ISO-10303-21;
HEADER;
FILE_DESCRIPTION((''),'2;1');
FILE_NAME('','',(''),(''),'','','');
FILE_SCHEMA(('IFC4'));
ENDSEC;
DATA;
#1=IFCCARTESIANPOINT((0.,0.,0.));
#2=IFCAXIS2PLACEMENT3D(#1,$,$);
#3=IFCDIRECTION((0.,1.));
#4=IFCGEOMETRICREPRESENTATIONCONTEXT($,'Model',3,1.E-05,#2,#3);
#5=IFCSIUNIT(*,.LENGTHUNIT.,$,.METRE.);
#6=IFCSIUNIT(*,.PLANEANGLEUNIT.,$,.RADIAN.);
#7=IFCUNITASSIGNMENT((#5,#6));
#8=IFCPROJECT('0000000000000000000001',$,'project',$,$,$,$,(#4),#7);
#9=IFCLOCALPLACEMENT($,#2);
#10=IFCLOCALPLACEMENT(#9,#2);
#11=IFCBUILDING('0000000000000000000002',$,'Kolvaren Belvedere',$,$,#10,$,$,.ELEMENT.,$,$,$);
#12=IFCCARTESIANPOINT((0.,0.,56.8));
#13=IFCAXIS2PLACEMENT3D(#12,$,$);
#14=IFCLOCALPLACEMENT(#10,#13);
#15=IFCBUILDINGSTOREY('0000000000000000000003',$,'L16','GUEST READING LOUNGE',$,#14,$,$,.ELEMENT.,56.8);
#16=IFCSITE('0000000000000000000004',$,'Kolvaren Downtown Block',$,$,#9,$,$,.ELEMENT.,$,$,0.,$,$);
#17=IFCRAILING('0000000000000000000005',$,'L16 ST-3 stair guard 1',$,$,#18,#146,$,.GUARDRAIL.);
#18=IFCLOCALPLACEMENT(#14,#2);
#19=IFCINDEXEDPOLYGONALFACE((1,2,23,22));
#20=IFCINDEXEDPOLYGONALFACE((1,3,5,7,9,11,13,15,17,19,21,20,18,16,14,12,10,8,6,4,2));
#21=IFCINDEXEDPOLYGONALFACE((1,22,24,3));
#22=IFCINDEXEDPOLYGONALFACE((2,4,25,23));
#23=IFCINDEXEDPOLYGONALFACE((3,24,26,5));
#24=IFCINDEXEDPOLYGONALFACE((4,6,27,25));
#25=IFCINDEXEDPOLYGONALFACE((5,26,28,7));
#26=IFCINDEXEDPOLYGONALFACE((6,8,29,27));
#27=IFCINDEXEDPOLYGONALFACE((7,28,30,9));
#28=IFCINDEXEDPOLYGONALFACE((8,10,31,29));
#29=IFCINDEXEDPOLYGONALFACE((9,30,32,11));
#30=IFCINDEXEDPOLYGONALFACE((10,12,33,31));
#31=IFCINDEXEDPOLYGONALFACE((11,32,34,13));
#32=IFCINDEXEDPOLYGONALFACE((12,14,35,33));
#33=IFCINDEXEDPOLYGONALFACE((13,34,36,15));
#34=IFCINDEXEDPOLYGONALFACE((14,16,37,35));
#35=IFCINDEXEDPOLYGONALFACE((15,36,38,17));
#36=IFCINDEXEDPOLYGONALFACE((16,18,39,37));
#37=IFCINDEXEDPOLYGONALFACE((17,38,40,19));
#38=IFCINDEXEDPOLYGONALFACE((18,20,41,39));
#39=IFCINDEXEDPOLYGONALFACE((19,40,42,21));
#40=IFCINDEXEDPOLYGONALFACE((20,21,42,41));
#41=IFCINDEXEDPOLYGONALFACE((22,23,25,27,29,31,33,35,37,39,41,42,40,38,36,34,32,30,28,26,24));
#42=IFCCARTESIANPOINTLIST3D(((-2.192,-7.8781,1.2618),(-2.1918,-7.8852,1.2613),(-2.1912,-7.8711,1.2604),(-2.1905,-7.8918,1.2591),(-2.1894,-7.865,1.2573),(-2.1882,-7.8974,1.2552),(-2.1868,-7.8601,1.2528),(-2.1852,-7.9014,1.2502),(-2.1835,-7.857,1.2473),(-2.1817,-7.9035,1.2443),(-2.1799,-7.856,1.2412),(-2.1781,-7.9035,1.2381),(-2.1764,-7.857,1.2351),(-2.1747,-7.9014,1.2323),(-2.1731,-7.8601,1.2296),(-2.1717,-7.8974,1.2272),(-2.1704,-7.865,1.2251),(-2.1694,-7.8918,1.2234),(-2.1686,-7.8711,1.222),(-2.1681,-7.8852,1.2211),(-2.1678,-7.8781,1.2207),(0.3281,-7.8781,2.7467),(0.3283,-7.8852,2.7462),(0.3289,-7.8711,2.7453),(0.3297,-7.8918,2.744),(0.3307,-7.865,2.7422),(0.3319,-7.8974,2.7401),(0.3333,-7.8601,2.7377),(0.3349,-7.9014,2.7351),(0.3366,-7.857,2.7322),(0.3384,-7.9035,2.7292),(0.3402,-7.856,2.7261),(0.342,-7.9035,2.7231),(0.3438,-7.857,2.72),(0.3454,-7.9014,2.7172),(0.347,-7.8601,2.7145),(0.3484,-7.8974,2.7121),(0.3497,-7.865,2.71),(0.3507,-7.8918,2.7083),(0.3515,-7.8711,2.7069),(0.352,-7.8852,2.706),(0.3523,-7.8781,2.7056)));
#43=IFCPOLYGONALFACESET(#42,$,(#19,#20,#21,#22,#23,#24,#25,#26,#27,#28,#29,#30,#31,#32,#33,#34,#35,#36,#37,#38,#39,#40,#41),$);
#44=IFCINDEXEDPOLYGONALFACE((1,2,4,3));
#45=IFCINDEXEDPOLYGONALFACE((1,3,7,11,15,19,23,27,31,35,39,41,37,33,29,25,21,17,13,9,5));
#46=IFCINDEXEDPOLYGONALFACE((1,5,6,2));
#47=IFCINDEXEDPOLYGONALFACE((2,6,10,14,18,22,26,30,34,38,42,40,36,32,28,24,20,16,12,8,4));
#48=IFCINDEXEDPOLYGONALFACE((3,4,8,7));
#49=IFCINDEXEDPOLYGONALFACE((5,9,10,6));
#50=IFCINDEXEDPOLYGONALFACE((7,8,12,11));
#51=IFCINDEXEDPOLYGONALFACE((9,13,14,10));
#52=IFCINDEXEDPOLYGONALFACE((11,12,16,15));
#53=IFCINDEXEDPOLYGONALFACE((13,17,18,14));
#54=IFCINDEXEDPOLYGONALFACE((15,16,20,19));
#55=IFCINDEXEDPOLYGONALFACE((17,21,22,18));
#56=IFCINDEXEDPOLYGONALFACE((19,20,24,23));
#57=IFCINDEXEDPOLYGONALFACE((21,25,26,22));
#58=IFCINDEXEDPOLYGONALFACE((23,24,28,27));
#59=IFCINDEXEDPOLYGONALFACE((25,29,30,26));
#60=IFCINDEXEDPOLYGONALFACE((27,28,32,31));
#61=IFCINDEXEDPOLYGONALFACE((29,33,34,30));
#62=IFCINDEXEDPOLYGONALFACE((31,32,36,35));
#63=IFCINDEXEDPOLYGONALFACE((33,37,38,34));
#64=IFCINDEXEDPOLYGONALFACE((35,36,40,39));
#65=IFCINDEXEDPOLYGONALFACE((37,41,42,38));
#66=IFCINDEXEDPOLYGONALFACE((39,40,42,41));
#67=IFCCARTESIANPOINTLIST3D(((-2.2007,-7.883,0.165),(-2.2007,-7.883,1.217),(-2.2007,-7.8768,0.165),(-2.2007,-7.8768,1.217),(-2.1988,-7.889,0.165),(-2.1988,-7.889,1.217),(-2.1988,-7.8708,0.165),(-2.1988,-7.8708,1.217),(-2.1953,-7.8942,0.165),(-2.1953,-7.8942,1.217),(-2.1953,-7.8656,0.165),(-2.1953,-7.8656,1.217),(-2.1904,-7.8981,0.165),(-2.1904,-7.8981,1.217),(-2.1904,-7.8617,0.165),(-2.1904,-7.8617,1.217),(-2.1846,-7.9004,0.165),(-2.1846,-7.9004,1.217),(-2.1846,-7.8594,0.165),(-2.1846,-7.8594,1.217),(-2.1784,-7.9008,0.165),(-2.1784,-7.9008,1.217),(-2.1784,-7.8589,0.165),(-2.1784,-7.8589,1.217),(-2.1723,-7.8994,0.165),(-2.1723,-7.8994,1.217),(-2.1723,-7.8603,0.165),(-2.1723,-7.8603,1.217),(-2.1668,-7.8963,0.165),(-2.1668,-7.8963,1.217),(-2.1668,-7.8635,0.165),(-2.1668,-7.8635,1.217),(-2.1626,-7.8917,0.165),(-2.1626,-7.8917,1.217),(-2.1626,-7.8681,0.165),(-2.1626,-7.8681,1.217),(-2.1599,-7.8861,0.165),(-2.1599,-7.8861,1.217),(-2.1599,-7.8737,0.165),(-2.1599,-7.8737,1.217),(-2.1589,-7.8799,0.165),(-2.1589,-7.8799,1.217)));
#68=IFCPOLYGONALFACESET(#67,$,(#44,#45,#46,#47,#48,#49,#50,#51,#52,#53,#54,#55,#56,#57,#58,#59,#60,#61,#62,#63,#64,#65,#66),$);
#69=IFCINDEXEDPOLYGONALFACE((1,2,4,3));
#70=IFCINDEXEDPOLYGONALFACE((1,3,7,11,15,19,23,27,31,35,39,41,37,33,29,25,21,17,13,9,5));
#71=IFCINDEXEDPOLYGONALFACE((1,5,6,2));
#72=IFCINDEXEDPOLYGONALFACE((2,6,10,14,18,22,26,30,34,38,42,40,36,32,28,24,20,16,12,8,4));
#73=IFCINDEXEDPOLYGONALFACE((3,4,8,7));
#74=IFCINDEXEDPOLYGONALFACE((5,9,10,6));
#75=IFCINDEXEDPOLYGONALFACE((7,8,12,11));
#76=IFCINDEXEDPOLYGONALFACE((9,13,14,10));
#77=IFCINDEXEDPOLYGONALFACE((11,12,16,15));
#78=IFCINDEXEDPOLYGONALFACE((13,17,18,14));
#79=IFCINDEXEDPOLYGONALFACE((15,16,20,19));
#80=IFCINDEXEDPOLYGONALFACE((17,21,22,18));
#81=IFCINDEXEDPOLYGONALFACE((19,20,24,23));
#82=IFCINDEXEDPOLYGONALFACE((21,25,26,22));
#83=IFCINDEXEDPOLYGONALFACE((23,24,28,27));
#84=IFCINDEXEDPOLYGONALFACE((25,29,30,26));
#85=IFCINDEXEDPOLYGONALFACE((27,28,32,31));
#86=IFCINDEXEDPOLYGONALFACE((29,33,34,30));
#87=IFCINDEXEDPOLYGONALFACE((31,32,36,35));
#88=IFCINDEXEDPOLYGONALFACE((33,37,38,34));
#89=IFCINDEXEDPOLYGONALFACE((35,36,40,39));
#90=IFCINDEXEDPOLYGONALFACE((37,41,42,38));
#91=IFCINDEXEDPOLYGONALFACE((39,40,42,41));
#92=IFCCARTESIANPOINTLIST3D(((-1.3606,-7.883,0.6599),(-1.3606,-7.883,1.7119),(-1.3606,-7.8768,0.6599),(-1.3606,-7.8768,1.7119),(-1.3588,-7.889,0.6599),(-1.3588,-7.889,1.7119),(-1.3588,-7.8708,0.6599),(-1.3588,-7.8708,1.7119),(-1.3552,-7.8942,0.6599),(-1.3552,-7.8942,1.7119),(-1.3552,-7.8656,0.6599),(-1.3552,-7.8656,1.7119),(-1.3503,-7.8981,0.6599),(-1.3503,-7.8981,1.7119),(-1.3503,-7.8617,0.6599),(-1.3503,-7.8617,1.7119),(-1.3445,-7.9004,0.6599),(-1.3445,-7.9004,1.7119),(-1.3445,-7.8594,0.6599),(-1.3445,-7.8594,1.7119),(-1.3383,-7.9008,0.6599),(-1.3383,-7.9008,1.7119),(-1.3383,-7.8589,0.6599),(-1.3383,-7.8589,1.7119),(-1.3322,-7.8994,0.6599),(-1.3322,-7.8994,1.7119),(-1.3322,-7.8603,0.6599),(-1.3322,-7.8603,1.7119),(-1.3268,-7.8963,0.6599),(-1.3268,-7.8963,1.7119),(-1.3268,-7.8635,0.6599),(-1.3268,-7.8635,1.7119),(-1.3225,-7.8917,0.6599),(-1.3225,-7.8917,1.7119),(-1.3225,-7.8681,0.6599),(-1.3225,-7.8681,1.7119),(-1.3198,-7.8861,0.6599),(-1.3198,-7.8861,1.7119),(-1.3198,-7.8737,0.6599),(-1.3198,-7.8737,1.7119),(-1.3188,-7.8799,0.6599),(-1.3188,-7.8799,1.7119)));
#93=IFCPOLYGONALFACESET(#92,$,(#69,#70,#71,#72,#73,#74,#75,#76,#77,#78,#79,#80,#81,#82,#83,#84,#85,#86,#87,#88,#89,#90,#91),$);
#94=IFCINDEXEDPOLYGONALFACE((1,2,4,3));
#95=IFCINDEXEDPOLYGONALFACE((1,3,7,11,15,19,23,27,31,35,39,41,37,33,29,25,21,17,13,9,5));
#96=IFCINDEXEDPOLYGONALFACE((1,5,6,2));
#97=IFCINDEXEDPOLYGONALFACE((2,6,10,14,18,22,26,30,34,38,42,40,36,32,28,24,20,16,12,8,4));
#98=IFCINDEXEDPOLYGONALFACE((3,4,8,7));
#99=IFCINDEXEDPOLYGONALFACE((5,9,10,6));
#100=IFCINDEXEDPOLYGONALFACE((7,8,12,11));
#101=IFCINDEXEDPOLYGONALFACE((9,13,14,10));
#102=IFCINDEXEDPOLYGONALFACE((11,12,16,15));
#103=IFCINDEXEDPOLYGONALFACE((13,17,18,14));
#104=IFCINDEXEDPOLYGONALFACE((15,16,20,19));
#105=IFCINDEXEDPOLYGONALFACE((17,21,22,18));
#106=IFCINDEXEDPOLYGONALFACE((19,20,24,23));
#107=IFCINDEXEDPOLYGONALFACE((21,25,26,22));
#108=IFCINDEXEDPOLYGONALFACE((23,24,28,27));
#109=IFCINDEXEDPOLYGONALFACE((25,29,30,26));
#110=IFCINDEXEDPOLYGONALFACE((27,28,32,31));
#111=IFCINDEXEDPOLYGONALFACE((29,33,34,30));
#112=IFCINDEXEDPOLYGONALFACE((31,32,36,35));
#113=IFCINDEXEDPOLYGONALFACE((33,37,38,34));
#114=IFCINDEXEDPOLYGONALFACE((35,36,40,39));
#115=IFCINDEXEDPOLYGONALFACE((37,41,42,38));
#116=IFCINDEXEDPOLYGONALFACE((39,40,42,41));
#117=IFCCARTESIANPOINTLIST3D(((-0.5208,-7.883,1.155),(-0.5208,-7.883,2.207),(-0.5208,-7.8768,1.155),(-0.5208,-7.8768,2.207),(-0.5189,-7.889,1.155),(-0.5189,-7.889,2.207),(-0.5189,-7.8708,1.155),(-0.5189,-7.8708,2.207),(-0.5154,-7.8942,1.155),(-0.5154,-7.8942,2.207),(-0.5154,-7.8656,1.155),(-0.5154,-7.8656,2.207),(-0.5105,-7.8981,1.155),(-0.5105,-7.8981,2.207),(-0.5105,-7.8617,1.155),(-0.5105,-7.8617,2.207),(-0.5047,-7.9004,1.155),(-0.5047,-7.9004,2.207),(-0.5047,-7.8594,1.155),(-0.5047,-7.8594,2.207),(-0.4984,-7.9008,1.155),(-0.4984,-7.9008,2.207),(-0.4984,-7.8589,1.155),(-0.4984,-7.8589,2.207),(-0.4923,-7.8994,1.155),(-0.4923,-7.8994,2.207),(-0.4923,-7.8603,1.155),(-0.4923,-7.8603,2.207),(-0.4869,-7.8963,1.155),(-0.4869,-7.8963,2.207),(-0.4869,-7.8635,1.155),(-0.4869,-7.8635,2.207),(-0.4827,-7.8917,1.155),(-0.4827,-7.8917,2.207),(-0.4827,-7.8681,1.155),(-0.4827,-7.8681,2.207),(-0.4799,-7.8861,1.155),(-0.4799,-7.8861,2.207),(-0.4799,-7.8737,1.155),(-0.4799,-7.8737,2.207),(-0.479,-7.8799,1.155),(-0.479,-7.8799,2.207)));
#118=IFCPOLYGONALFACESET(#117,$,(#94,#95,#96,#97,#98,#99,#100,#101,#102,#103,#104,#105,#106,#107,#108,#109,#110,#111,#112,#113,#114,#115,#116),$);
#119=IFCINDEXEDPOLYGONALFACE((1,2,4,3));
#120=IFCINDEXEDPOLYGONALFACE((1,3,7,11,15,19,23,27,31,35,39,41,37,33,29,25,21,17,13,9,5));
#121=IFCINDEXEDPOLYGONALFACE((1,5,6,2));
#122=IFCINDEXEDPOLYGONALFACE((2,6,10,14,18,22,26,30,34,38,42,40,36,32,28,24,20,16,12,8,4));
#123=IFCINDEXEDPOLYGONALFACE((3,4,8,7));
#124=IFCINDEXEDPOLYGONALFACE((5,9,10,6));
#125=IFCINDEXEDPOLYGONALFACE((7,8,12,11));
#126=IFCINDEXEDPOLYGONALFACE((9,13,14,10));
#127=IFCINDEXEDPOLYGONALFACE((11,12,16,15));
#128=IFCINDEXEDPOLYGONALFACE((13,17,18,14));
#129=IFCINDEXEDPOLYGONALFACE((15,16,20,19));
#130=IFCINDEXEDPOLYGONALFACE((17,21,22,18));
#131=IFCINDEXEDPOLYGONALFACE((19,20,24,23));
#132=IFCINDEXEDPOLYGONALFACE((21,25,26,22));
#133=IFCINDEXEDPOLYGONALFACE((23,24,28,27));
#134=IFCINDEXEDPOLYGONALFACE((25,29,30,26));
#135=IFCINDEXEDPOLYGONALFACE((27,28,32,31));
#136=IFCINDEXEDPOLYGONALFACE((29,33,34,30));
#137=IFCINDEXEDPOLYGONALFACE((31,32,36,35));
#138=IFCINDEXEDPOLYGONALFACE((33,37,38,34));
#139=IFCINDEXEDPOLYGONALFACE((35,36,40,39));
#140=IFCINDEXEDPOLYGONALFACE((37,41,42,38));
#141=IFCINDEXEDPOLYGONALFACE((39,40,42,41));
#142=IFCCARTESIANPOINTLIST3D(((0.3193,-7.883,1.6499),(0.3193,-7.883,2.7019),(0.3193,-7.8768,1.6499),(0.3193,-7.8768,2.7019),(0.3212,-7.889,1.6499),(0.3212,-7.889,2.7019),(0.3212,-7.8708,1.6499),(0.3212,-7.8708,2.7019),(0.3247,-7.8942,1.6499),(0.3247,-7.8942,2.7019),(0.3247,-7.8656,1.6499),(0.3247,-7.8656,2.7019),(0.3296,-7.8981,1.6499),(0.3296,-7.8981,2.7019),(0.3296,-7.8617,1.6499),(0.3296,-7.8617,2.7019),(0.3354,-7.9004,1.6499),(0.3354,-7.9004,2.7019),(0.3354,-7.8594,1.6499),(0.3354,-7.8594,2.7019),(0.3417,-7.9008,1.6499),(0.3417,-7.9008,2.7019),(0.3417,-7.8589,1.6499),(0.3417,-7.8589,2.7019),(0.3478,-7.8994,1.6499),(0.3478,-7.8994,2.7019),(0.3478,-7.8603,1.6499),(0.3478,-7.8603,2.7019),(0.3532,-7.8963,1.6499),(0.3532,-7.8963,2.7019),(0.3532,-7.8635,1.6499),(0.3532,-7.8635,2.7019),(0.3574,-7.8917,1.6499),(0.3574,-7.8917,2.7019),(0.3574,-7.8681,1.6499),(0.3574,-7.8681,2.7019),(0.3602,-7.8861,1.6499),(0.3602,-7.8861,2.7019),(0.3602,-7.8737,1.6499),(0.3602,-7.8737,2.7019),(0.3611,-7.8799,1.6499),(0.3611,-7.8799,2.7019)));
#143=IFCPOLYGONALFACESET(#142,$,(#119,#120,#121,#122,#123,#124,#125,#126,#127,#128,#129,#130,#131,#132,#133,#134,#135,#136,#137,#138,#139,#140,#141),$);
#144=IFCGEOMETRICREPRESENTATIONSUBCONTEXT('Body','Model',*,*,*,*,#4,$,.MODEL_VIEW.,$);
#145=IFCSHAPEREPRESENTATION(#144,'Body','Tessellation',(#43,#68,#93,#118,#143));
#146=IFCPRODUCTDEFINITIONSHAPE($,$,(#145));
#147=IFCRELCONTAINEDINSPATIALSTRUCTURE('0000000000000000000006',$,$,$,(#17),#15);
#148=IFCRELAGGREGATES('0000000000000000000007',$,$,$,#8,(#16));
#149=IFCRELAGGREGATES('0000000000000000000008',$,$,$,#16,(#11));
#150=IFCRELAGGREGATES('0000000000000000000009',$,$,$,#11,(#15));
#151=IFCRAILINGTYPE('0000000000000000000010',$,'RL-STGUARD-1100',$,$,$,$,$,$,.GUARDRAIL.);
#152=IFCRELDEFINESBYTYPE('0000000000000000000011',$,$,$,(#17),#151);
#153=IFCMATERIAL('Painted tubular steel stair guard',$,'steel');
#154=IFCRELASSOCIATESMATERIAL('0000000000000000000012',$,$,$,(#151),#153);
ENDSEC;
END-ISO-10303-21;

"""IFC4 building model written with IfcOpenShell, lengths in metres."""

from ifc_helpers import new_model, si_unit, direction, frame, origin, origin_2d, place, context, subcontext, project, spatial, circle, extrude, material, type_object, element, save


model = new_model("IFC4")

# Units and contexts
model_context = context("Model", 3, precision=1e-05, world=origin(), true_north=direction((0.0, 1.0)))
body_context = subcontext(model_context, "Body", "Model", "MODEL_VIEW")
ifc_project = project(units=[si_unit("LENGTHUNIT", "METRE"), si_unit("PLANEANGLEUNIT", "RADIAN")], contexts=[model_context])

# Site, building, storey
site_placement = place(None, origin())
site = spatial("IfcSite", under=ifc_project, at=site_placement, Name="Kolvaren Downtown Block", CompositionType="ELEMENT", RefElevation=0.0)
building_placement = place(site_placement, origin())
building = spatial("IfcBuilding", under=site, at=building_placement, Name="Kolvaren Belvedere", CompositionType="ELEMENT")
storey_placement = place(building_placement, frame((0.0, 0.0, 56.8)))
storey = spatial("IfcBuildingStorey", under=building, at=storey_placement, Name="L16", Description="GUEST READING LOUNGE", CompositionType="ELEMENT", Elevation=56.8)

# Railing
ifc_material_1 = material(Name="Painted tubular steel stair guard", Category="steel")
railing_type_1 = type_object("IfcRailingType", Name="RL-STGUARD-1100", PredefinedType="GUARDRAIL", material=ifc_material_1)
railing_1_placement = place(storey_placement, frame((-2.1799, -7.8799, 0.165)))
element("IfcRailing", 1, at=railing_1_placement, inside=storey, type_object=railing_type_1, Name="L16 ST-3 stair guard 1", PredefinedType="GUARDRAIL", context=body_context, shape_type="SweptSolid", body=[
    extrude(circle(Radius=0.0239, at=origin_2d()), frame((0.0, 0.0, 1.0762), z_axis=(0.861561, 0.0, 0.507655), x_axis=(0.0, 1.0, 0.0)), (0.0, 0.0, 1.0), 2.925),
    extrude(circle(Radius=0.021, at=origin_2d()), origin(), (0.0, 0.0, 1.0), 1.052),
    extrude(circle(Radius=0.021, at=origin_2d()), frame((0.8401, 0.0, 0.4949)), (0.0, 0.0, 1.0), 1.052),
    extrude(circle(Radius=0.021, at=origin_2d()), frame((1.6799, 0.0, 0.99)), (0.0, 0.0, 1.0), 1.052),
    extrude(circle(Radius=0.021, at=origin_2d()), frame((2.52, 0.0, 1.4849)), (0.0, 0.0, 1.0), 1.052),
])

save(model, "model.ifc")
